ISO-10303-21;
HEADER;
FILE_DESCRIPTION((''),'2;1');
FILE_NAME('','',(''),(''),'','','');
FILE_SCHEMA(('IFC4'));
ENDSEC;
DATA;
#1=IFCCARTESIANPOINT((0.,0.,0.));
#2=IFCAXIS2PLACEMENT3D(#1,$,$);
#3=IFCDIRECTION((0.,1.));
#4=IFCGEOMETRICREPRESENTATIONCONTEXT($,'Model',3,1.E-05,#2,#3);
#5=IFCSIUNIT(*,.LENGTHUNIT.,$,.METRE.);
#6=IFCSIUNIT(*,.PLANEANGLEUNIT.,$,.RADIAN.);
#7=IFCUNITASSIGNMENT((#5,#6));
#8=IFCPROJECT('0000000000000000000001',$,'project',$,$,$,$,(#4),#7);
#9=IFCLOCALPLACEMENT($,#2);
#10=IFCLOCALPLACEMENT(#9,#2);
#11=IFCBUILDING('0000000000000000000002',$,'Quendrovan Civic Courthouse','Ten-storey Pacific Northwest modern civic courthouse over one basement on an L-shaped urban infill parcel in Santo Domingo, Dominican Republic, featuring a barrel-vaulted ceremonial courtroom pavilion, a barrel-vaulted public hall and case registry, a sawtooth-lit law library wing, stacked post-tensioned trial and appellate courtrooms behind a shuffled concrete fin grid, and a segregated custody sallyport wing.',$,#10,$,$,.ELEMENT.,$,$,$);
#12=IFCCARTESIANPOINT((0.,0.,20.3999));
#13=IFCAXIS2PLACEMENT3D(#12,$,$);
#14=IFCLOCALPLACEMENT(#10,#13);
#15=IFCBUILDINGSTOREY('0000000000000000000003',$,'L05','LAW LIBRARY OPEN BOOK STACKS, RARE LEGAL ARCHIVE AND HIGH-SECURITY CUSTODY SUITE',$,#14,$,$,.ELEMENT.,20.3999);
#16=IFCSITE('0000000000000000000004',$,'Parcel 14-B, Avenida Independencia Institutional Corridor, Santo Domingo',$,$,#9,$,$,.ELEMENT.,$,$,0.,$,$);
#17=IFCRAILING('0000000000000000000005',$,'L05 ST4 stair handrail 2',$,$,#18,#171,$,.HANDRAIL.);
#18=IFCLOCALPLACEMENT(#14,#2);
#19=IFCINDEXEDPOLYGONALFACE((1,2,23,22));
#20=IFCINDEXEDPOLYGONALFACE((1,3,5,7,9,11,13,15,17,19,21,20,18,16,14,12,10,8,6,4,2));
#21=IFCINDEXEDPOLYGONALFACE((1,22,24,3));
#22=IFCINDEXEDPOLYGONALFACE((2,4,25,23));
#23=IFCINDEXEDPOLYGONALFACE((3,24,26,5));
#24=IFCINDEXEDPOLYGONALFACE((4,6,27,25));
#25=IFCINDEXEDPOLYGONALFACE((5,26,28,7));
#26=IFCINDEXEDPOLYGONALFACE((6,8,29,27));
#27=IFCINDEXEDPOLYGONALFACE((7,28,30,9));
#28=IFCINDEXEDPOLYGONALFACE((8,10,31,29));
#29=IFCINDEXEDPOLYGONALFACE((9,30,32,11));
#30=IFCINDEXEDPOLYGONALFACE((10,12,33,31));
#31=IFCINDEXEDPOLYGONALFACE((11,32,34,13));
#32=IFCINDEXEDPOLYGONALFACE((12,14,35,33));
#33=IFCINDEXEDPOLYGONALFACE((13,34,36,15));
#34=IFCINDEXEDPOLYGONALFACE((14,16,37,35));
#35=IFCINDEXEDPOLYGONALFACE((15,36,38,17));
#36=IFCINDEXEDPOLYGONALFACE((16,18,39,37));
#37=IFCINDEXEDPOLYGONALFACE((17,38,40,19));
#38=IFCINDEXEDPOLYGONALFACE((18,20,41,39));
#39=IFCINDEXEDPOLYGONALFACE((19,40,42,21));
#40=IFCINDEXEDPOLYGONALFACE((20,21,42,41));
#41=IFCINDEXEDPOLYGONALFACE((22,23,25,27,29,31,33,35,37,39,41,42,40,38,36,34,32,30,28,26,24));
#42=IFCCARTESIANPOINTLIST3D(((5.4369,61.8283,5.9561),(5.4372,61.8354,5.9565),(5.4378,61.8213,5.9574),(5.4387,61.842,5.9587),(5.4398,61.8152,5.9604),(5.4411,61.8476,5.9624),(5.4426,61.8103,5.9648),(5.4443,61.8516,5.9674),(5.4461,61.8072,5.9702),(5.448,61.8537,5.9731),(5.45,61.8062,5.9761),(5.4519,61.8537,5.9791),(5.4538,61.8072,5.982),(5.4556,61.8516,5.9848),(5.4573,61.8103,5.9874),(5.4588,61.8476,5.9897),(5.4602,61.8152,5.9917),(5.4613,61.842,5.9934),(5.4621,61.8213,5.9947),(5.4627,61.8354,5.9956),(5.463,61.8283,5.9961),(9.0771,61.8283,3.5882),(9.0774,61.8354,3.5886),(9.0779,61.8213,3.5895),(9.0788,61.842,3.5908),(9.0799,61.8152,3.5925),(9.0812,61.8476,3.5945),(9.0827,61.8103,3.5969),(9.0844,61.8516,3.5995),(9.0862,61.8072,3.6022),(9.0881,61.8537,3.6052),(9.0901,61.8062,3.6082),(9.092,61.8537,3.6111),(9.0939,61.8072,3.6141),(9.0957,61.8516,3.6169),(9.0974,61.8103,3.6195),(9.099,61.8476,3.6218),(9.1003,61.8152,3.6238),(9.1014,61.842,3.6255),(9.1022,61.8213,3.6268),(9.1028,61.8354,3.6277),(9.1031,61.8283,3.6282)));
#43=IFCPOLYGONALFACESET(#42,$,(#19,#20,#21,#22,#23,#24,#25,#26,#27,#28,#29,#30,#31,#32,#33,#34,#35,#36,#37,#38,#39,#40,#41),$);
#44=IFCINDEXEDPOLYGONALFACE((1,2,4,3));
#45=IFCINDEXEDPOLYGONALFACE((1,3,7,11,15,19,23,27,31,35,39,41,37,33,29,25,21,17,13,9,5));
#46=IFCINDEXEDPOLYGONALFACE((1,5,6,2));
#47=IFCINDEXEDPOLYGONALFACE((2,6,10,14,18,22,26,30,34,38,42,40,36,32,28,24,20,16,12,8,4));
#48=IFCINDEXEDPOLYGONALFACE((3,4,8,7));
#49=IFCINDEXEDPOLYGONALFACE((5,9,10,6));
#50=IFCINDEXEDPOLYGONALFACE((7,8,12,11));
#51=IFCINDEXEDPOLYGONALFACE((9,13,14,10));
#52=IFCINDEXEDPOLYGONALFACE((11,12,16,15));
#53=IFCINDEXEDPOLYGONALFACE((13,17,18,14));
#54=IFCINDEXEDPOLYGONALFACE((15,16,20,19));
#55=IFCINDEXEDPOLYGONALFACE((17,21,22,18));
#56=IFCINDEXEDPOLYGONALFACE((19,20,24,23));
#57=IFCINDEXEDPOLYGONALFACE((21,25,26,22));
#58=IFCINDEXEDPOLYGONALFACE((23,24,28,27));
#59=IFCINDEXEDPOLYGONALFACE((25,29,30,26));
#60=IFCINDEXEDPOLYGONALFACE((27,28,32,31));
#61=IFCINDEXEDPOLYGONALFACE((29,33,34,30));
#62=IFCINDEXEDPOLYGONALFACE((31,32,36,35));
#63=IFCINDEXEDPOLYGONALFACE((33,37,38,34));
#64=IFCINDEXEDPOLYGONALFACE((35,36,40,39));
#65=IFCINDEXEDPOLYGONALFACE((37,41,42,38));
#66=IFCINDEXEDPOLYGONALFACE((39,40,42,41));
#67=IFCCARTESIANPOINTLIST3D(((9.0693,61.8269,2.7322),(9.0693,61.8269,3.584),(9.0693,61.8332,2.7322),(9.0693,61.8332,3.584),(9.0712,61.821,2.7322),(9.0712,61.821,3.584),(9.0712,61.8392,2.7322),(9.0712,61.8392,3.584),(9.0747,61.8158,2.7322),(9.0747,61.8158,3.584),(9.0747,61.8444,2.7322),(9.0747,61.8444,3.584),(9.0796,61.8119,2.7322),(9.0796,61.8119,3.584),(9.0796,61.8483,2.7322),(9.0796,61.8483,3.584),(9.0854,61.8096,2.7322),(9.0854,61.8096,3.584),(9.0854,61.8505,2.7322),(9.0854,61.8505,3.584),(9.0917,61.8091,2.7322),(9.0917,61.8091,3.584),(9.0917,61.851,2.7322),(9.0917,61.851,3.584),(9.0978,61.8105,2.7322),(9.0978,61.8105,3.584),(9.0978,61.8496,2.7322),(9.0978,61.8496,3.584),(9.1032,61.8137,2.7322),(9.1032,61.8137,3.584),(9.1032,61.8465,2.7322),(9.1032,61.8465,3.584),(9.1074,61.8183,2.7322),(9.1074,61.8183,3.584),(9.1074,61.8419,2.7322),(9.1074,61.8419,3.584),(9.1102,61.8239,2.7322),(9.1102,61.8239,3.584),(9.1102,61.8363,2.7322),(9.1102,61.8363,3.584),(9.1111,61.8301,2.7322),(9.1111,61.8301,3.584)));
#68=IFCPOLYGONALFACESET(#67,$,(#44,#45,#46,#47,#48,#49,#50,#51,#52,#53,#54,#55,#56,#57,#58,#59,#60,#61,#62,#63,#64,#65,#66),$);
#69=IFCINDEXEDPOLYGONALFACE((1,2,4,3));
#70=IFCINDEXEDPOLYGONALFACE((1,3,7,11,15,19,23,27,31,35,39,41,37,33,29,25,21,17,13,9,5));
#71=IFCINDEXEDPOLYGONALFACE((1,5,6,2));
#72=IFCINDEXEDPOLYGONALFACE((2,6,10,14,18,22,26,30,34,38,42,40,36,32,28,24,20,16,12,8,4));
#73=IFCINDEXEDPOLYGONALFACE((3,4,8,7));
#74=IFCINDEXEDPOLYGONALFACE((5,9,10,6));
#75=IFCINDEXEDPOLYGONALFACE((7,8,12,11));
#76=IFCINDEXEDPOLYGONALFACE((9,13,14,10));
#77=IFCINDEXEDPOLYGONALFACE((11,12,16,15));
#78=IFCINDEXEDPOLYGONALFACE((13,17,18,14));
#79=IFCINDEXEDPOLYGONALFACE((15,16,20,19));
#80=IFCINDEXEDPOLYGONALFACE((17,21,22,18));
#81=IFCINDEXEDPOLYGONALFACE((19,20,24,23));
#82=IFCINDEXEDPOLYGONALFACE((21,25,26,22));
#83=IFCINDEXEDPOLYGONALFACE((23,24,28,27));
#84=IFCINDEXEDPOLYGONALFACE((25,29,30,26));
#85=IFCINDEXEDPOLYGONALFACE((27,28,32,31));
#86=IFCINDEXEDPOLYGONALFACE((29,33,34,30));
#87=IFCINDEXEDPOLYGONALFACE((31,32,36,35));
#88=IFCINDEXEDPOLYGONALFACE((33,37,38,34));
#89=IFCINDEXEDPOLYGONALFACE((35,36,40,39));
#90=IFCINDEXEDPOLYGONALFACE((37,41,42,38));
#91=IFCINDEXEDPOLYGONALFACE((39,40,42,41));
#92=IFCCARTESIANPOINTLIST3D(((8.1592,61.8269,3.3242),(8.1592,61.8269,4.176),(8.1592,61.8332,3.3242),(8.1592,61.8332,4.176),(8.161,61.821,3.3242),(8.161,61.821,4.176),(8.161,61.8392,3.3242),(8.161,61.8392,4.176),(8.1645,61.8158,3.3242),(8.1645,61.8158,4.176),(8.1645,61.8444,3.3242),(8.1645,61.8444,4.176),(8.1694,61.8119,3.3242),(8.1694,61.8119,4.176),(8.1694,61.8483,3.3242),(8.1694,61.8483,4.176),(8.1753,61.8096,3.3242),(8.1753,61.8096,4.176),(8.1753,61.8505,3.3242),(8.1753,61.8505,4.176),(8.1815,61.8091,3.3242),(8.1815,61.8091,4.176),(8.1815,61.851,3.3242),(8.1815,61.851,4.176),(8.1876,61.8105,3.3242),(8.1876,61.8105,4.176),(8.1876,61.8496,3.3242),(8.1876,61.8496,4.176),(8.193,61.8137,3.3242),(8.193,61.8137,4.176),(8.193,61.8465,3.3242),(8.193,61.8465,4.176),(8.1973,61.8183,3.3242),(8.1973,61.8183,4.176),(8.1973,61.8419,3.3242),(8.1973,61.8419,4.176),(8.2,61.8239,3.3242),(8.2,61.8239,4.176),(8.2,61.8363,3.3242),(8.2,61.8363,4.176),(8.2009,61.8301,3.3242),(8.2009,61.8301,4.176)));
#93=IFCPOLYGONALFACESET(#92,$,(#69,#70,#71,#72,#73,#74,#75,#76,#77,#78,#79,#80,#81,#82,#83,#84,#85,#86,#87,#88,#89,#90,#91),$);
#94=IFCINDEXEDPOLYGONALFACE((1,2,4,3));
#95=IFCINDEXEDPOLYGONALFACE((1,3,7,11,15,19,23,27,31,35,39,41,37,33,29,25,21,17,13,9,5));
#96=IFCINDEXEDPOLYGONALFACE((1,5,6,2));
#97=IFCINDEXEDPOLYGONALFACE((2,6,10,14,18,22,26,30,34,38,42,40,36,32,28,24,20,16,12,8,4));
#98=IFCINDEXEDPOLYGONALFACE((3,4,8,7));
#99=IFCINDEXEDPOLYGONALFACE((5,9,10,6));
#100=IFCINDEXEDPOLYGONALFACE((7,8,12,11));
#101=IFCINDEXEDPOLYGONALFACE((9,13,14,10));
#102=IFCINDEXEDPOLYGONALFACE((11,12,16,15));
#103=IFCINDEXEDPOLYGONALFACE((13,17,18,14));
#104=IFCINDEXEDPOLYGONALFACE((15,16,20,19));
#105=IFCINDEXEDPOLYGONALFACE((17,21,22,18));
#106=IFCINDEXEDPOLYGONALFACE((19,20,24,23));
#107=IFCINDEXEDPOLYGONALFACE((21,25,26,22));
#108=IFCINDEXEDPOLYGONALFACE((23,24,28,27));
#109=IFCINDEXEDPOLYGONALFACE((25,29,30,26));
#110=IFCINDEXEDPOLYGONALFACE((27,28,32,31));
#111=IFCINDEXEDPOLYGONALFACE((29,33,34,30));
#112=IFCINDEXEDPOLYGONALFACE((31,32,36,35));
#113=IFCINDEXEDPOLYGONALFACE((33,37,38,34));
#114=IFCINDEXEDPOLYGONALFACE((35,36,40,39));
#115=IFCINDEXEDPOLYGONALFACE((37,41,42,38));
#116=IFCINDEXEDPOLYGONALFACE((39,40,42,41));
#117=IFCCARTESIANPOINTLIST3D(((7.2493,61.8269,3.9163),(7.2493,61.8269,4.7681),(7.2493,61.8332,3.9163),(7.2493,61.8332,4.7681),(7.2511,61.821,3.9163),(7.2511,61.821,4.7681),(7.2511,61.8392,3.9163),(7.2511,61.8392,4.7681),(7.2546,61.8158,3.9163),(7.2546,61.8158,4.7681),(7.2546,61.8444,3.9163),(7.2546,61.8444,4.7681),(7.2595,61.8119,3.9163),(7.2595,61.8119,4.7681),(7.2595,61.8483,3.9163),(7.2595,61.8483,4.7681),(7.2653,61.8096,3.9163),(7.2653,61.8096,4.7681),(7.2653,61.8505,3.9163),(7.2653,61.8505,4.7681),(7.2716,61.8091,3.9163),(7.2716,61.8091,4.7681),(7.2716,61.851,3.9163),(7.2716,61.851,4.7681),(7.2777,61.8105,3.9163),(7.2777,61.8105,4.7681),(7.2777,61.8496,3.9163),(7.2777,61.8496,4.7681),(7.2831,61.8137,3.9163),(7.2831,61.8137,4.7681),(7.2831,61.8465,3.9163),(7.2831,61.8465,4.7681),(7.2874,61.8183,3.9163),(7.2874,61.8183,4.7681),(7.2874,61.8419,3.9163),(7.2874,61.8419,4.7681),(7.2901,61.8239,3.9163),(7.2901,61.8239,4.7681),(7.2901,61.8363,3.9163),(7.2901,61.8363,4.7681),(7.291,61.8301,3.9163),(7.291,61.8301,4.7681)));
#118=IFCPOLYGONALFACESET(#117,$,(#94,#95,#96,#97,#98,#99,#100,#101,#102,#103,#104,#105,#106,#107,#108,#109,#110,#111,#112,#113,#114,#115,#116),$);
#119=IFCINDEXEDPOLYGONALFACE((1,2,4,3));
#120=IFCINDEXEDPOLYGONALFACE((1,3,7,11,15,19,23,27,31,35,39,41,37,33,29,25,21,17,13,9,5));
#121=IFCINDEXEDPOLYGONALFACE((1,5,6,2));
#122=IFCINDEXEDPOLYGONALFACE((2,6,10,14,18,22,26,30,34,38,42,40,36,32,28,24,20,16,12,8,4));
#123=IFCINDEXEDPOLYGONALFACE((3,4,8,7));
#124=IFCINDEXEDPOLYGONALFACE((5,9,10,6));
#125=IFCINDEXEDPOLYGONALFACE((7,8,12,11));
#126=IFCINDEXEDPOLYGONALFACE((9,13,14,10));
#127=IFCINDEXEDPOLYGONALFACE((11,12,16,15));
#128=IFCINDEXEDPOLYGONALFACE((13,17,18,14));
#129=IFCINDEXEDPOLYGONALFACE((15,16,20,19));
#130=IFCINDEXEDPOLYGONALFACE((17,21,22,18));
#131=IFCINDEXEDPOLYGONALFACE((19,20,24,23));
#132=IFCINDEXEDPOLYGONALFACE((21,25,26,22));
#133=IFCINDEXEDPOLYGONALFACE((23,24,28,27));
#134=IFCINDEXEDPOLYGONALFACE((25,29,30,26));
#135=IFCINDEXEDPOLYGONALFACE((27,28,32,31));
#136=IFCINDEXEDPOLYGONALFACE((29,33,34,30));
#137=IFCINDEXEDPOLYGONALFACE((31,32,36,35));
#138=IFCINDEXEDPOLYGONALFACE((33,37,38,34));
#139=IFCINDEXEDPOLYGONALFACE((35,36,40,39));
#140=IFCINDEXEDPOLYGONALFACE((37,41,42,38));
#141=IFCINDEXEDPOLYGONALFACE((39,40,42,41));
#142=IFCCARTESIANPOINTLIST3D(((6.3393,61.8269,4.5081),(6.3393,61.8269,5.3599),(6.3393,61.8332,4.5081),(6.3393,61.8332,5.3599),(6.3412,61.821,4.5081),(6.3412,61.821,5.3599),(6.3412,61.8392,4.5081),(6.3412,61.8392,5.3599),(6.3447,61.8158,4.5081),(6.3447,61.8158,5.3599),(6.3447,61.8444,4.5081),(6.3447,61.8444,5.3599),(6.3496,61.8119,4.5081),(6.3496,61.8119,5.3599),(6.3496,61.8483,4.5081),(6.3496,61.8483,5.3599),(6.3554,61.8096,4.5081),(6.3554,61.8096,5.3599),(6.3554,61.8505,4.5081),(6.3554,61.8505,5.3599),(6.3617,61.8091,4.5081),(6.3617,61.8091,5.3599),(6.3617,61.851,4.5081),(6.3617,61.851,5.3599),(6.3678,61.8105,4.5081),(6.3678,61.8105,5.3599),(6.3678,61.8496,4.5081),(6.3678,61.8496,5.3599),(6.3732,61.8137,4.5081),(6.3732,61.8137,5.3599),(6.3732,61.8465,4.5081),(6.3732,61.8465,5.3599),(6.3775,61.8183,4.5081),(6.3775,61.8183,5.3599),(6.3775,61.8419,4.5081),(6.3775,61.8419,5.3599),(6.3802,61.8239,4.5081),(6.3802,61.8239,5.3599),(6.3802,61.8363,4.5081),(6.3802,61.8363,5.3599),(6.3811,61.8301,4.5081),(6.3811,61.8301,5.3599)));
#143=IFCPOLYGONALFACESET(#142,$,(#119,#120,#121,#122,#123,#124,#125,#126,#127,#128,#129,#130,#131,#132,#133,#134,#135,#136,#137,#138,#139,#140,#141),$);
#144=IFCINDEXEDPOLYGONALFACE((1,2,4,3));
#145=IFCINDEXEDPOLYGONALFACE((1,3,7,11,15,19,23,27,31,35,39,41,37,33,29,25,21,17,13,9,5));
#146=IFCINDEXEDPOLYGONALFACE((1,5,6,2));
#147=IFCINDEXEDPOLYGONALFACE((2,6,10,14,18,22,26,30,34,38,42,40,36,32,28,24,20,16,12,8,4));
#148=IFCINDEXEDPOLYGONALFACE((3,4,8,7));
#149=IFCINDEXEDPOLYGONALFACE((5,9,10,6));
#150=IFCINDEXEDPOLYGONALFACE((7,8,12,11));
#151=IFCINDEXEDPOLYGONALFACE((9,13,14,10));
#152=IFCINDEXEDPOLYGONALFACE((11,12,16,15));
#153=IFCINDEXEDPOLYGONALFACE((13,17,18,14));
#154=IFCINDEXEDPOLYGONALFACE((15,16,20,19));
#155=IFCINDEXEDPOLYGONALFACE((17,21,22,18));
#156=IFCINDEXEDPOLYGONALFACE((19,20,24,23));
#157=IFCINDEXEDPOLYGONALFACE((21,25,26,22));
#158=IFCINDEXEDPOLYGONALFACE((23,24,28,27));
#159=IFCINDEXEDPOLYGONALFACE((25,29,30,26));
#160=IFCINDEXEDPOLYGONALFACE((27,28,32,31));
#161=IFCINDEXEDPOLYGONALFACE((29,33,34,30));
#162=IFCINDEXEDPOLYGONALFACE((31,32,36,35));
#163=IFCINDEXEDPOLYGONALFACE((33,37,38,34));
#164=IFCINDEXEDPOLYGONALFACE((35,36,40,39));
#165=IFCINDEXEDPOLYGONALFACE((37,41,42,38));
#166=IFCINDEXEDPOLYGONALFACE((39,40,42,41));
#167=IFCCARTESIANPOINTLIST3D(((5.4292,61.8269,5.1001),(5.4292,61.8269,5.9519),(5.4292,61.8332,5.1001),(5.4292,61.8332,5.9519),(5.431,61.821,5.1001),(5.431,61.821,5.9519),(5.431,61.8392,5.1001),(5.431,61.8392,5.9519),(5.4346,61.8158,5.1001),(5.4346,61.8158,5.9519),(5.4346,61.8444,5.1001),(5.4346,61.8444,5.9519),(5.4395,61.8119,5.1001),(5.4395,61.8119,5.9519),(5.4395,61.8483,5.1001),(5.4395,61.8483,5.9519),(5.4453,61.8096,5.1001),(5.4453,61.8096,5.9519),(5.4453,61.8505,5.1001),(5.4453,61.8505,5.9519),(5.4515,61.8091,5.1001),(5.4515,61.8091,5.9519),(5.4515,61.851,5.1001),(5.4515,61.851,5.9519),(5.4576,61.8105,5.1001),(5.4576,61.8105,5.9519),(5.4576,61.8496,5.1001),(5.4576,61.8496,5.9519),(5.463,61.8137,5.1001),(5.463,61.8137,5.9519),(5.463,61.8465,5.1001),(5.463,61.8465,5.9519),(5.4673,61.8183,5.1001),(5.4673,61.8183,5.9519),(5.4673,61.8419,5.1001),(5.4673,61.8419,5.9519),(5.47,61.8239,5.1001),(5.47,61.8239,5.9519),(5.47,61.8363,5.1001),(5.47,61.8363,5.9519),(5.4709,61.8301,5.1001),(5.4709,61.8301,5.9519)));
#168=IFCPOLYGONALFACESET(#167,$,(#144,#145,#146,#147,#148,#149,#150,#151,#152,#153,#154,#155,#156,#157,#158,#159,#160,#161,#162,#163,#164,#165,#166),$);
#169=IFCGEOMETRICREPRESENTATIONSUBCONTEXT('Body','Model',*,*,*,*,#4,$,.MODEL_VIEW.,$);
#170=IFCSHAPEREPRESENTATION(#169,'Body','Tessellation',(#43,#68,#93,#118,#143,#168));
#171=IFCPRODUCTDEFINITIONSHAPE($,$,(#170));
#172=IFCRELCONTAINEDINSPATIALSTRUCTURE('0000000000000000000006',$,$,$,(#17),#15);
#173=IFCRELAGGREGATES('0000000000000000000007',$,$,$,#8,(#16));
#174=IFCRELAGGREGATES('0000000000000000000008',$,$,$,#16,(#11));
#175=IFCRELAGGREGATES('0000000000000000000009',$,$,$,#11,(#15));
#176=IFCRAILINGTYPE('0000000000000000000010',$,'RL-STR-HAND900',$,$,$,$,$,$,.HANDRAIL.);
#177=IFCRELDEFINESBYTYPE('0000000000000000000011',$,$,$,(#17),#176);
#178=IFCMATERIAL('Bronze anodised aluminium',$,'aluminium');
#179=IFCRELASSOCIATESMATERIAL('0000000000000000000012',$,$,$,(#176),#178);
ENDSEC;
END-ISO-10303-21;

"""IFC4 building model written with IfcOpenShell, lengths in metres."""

from ifc_helpers import new_model, si_unit, direction, frame, origin, origin_2d, place, context, subcontext, project, spatial, circle, extrude, material, type_object, element, save


model = new_model("IFC4")

# Units and contexts
model_context = context("Model", 3, precision=1e-05, world=origin(), true_north=direction((0.0, 1.0)))
body_context = subcontext(model_context, "Body", "Model", "MODEL_VIEW")
ifc_project = project(units=[si_unit("LENGTHUNIT", "METRE"), si_unit("PLANEANGLEUNIT", "RADIAN")], contexts=[model_context])

# Site, building, storey
site_placement = place(None, origin())
site = spatial("IfcSite", under=ifc_project, at=site_placement, Name="Parcel 14-B, Avenida Independencia Institutional Corridor, Santo Domingo", CompositionType="ELEMENT", RefElevation=0.0)
building_placement = place(site_placement, origin())
building = spatial("IfcBuilding", under=site, at=building_placement, Name="Quendrovan Civic Courthouse", Description="Ten-storey Pacific Northwest modern civic courthouse over one basement on an L-shaped urban infill parcel in Santo Domingo, Dominican Republic, featuring a barrel-vaulted ceremonial courtroom pavilion, a barrel-vaulted public hall and case registry, a sawtooth-lit law library wing, stacked post-tensioned trial and appellate courtrooms behind a shuffled concrete fin grid, and a segregated custody sallyport wing.", CompositionType="ELEMENT")
storey_placement = place(building_placement, frame((0.0, 0.0, 20.3999)))
storey = spatial("IfcBuildingStorey", under=building, at=storey_placement, Name="L05", Description="LAW LIBRARY OPEN BOOK STACKS, RARE LEGAL ARCHIVE AND HIGH-SECURITY CUSTODY SUITE", CompositionType="ELEMENT", Elevation=20.3999)

# Railing
ifc_material_1 = material(Name="Bronze anodised aluminium", Category="aluminium")
railing_type_1 = type_object("IfcRailingType", Name="RL-STR-HAND900", PredefinedType="HANDRAIL", material=ifc_material_1)
railing_1_placement = place(storey_placement, frame((9.0901, 61.8301, 2.7322)))
element("IfcRailing", 1, at=railing_1_placement, inside=storey, type_object=railing_type_1, Name="L05 ST4 stair handrail 2", PredefinedType="HANDRAIL", context=body_context, shape_type="SweptSolid", body=[
    extrude(circle(Radius=0.0239, at=origin_2d()), frame((0.0, 0.0, 0.876), z_axis=(-0.838251, 0.0, 0.545285), x_axis=(0.0, -1.0, 0.0)), (0.0, 0.0, 1.0), 4.3425),
    extrude(circle(Radius=0.021, at=origin_2d()), origin(), (0.0, 0.0, 1.0), 0.8518),
    extrude(circle(Radius=0.021, at=origin_2d()), frame((-0.9102, 0.0, 0.592)), (0.0, 0.0, 1.0), 0.8518),
    extrude(circle(Radius=0.021, at=origin_2d()), frame((-1.8201, 0.0, 1.1841)), (0.0, 0.0, 1.0), 0.8518),
    extrude(circle(Radius=0.021, at=origin_2d()), frame((-2.73, 0.0, 1.7759)), (0.0, 0.0, 1.0), 0.8518),
    extrude(circle(Radius=0.021, at=origin_2d()), frame((-3.6401, 0.0, 2.3679)), (0.0, 0.0, 1.0), 0.8518),
])

save(model, "model.ifc")
